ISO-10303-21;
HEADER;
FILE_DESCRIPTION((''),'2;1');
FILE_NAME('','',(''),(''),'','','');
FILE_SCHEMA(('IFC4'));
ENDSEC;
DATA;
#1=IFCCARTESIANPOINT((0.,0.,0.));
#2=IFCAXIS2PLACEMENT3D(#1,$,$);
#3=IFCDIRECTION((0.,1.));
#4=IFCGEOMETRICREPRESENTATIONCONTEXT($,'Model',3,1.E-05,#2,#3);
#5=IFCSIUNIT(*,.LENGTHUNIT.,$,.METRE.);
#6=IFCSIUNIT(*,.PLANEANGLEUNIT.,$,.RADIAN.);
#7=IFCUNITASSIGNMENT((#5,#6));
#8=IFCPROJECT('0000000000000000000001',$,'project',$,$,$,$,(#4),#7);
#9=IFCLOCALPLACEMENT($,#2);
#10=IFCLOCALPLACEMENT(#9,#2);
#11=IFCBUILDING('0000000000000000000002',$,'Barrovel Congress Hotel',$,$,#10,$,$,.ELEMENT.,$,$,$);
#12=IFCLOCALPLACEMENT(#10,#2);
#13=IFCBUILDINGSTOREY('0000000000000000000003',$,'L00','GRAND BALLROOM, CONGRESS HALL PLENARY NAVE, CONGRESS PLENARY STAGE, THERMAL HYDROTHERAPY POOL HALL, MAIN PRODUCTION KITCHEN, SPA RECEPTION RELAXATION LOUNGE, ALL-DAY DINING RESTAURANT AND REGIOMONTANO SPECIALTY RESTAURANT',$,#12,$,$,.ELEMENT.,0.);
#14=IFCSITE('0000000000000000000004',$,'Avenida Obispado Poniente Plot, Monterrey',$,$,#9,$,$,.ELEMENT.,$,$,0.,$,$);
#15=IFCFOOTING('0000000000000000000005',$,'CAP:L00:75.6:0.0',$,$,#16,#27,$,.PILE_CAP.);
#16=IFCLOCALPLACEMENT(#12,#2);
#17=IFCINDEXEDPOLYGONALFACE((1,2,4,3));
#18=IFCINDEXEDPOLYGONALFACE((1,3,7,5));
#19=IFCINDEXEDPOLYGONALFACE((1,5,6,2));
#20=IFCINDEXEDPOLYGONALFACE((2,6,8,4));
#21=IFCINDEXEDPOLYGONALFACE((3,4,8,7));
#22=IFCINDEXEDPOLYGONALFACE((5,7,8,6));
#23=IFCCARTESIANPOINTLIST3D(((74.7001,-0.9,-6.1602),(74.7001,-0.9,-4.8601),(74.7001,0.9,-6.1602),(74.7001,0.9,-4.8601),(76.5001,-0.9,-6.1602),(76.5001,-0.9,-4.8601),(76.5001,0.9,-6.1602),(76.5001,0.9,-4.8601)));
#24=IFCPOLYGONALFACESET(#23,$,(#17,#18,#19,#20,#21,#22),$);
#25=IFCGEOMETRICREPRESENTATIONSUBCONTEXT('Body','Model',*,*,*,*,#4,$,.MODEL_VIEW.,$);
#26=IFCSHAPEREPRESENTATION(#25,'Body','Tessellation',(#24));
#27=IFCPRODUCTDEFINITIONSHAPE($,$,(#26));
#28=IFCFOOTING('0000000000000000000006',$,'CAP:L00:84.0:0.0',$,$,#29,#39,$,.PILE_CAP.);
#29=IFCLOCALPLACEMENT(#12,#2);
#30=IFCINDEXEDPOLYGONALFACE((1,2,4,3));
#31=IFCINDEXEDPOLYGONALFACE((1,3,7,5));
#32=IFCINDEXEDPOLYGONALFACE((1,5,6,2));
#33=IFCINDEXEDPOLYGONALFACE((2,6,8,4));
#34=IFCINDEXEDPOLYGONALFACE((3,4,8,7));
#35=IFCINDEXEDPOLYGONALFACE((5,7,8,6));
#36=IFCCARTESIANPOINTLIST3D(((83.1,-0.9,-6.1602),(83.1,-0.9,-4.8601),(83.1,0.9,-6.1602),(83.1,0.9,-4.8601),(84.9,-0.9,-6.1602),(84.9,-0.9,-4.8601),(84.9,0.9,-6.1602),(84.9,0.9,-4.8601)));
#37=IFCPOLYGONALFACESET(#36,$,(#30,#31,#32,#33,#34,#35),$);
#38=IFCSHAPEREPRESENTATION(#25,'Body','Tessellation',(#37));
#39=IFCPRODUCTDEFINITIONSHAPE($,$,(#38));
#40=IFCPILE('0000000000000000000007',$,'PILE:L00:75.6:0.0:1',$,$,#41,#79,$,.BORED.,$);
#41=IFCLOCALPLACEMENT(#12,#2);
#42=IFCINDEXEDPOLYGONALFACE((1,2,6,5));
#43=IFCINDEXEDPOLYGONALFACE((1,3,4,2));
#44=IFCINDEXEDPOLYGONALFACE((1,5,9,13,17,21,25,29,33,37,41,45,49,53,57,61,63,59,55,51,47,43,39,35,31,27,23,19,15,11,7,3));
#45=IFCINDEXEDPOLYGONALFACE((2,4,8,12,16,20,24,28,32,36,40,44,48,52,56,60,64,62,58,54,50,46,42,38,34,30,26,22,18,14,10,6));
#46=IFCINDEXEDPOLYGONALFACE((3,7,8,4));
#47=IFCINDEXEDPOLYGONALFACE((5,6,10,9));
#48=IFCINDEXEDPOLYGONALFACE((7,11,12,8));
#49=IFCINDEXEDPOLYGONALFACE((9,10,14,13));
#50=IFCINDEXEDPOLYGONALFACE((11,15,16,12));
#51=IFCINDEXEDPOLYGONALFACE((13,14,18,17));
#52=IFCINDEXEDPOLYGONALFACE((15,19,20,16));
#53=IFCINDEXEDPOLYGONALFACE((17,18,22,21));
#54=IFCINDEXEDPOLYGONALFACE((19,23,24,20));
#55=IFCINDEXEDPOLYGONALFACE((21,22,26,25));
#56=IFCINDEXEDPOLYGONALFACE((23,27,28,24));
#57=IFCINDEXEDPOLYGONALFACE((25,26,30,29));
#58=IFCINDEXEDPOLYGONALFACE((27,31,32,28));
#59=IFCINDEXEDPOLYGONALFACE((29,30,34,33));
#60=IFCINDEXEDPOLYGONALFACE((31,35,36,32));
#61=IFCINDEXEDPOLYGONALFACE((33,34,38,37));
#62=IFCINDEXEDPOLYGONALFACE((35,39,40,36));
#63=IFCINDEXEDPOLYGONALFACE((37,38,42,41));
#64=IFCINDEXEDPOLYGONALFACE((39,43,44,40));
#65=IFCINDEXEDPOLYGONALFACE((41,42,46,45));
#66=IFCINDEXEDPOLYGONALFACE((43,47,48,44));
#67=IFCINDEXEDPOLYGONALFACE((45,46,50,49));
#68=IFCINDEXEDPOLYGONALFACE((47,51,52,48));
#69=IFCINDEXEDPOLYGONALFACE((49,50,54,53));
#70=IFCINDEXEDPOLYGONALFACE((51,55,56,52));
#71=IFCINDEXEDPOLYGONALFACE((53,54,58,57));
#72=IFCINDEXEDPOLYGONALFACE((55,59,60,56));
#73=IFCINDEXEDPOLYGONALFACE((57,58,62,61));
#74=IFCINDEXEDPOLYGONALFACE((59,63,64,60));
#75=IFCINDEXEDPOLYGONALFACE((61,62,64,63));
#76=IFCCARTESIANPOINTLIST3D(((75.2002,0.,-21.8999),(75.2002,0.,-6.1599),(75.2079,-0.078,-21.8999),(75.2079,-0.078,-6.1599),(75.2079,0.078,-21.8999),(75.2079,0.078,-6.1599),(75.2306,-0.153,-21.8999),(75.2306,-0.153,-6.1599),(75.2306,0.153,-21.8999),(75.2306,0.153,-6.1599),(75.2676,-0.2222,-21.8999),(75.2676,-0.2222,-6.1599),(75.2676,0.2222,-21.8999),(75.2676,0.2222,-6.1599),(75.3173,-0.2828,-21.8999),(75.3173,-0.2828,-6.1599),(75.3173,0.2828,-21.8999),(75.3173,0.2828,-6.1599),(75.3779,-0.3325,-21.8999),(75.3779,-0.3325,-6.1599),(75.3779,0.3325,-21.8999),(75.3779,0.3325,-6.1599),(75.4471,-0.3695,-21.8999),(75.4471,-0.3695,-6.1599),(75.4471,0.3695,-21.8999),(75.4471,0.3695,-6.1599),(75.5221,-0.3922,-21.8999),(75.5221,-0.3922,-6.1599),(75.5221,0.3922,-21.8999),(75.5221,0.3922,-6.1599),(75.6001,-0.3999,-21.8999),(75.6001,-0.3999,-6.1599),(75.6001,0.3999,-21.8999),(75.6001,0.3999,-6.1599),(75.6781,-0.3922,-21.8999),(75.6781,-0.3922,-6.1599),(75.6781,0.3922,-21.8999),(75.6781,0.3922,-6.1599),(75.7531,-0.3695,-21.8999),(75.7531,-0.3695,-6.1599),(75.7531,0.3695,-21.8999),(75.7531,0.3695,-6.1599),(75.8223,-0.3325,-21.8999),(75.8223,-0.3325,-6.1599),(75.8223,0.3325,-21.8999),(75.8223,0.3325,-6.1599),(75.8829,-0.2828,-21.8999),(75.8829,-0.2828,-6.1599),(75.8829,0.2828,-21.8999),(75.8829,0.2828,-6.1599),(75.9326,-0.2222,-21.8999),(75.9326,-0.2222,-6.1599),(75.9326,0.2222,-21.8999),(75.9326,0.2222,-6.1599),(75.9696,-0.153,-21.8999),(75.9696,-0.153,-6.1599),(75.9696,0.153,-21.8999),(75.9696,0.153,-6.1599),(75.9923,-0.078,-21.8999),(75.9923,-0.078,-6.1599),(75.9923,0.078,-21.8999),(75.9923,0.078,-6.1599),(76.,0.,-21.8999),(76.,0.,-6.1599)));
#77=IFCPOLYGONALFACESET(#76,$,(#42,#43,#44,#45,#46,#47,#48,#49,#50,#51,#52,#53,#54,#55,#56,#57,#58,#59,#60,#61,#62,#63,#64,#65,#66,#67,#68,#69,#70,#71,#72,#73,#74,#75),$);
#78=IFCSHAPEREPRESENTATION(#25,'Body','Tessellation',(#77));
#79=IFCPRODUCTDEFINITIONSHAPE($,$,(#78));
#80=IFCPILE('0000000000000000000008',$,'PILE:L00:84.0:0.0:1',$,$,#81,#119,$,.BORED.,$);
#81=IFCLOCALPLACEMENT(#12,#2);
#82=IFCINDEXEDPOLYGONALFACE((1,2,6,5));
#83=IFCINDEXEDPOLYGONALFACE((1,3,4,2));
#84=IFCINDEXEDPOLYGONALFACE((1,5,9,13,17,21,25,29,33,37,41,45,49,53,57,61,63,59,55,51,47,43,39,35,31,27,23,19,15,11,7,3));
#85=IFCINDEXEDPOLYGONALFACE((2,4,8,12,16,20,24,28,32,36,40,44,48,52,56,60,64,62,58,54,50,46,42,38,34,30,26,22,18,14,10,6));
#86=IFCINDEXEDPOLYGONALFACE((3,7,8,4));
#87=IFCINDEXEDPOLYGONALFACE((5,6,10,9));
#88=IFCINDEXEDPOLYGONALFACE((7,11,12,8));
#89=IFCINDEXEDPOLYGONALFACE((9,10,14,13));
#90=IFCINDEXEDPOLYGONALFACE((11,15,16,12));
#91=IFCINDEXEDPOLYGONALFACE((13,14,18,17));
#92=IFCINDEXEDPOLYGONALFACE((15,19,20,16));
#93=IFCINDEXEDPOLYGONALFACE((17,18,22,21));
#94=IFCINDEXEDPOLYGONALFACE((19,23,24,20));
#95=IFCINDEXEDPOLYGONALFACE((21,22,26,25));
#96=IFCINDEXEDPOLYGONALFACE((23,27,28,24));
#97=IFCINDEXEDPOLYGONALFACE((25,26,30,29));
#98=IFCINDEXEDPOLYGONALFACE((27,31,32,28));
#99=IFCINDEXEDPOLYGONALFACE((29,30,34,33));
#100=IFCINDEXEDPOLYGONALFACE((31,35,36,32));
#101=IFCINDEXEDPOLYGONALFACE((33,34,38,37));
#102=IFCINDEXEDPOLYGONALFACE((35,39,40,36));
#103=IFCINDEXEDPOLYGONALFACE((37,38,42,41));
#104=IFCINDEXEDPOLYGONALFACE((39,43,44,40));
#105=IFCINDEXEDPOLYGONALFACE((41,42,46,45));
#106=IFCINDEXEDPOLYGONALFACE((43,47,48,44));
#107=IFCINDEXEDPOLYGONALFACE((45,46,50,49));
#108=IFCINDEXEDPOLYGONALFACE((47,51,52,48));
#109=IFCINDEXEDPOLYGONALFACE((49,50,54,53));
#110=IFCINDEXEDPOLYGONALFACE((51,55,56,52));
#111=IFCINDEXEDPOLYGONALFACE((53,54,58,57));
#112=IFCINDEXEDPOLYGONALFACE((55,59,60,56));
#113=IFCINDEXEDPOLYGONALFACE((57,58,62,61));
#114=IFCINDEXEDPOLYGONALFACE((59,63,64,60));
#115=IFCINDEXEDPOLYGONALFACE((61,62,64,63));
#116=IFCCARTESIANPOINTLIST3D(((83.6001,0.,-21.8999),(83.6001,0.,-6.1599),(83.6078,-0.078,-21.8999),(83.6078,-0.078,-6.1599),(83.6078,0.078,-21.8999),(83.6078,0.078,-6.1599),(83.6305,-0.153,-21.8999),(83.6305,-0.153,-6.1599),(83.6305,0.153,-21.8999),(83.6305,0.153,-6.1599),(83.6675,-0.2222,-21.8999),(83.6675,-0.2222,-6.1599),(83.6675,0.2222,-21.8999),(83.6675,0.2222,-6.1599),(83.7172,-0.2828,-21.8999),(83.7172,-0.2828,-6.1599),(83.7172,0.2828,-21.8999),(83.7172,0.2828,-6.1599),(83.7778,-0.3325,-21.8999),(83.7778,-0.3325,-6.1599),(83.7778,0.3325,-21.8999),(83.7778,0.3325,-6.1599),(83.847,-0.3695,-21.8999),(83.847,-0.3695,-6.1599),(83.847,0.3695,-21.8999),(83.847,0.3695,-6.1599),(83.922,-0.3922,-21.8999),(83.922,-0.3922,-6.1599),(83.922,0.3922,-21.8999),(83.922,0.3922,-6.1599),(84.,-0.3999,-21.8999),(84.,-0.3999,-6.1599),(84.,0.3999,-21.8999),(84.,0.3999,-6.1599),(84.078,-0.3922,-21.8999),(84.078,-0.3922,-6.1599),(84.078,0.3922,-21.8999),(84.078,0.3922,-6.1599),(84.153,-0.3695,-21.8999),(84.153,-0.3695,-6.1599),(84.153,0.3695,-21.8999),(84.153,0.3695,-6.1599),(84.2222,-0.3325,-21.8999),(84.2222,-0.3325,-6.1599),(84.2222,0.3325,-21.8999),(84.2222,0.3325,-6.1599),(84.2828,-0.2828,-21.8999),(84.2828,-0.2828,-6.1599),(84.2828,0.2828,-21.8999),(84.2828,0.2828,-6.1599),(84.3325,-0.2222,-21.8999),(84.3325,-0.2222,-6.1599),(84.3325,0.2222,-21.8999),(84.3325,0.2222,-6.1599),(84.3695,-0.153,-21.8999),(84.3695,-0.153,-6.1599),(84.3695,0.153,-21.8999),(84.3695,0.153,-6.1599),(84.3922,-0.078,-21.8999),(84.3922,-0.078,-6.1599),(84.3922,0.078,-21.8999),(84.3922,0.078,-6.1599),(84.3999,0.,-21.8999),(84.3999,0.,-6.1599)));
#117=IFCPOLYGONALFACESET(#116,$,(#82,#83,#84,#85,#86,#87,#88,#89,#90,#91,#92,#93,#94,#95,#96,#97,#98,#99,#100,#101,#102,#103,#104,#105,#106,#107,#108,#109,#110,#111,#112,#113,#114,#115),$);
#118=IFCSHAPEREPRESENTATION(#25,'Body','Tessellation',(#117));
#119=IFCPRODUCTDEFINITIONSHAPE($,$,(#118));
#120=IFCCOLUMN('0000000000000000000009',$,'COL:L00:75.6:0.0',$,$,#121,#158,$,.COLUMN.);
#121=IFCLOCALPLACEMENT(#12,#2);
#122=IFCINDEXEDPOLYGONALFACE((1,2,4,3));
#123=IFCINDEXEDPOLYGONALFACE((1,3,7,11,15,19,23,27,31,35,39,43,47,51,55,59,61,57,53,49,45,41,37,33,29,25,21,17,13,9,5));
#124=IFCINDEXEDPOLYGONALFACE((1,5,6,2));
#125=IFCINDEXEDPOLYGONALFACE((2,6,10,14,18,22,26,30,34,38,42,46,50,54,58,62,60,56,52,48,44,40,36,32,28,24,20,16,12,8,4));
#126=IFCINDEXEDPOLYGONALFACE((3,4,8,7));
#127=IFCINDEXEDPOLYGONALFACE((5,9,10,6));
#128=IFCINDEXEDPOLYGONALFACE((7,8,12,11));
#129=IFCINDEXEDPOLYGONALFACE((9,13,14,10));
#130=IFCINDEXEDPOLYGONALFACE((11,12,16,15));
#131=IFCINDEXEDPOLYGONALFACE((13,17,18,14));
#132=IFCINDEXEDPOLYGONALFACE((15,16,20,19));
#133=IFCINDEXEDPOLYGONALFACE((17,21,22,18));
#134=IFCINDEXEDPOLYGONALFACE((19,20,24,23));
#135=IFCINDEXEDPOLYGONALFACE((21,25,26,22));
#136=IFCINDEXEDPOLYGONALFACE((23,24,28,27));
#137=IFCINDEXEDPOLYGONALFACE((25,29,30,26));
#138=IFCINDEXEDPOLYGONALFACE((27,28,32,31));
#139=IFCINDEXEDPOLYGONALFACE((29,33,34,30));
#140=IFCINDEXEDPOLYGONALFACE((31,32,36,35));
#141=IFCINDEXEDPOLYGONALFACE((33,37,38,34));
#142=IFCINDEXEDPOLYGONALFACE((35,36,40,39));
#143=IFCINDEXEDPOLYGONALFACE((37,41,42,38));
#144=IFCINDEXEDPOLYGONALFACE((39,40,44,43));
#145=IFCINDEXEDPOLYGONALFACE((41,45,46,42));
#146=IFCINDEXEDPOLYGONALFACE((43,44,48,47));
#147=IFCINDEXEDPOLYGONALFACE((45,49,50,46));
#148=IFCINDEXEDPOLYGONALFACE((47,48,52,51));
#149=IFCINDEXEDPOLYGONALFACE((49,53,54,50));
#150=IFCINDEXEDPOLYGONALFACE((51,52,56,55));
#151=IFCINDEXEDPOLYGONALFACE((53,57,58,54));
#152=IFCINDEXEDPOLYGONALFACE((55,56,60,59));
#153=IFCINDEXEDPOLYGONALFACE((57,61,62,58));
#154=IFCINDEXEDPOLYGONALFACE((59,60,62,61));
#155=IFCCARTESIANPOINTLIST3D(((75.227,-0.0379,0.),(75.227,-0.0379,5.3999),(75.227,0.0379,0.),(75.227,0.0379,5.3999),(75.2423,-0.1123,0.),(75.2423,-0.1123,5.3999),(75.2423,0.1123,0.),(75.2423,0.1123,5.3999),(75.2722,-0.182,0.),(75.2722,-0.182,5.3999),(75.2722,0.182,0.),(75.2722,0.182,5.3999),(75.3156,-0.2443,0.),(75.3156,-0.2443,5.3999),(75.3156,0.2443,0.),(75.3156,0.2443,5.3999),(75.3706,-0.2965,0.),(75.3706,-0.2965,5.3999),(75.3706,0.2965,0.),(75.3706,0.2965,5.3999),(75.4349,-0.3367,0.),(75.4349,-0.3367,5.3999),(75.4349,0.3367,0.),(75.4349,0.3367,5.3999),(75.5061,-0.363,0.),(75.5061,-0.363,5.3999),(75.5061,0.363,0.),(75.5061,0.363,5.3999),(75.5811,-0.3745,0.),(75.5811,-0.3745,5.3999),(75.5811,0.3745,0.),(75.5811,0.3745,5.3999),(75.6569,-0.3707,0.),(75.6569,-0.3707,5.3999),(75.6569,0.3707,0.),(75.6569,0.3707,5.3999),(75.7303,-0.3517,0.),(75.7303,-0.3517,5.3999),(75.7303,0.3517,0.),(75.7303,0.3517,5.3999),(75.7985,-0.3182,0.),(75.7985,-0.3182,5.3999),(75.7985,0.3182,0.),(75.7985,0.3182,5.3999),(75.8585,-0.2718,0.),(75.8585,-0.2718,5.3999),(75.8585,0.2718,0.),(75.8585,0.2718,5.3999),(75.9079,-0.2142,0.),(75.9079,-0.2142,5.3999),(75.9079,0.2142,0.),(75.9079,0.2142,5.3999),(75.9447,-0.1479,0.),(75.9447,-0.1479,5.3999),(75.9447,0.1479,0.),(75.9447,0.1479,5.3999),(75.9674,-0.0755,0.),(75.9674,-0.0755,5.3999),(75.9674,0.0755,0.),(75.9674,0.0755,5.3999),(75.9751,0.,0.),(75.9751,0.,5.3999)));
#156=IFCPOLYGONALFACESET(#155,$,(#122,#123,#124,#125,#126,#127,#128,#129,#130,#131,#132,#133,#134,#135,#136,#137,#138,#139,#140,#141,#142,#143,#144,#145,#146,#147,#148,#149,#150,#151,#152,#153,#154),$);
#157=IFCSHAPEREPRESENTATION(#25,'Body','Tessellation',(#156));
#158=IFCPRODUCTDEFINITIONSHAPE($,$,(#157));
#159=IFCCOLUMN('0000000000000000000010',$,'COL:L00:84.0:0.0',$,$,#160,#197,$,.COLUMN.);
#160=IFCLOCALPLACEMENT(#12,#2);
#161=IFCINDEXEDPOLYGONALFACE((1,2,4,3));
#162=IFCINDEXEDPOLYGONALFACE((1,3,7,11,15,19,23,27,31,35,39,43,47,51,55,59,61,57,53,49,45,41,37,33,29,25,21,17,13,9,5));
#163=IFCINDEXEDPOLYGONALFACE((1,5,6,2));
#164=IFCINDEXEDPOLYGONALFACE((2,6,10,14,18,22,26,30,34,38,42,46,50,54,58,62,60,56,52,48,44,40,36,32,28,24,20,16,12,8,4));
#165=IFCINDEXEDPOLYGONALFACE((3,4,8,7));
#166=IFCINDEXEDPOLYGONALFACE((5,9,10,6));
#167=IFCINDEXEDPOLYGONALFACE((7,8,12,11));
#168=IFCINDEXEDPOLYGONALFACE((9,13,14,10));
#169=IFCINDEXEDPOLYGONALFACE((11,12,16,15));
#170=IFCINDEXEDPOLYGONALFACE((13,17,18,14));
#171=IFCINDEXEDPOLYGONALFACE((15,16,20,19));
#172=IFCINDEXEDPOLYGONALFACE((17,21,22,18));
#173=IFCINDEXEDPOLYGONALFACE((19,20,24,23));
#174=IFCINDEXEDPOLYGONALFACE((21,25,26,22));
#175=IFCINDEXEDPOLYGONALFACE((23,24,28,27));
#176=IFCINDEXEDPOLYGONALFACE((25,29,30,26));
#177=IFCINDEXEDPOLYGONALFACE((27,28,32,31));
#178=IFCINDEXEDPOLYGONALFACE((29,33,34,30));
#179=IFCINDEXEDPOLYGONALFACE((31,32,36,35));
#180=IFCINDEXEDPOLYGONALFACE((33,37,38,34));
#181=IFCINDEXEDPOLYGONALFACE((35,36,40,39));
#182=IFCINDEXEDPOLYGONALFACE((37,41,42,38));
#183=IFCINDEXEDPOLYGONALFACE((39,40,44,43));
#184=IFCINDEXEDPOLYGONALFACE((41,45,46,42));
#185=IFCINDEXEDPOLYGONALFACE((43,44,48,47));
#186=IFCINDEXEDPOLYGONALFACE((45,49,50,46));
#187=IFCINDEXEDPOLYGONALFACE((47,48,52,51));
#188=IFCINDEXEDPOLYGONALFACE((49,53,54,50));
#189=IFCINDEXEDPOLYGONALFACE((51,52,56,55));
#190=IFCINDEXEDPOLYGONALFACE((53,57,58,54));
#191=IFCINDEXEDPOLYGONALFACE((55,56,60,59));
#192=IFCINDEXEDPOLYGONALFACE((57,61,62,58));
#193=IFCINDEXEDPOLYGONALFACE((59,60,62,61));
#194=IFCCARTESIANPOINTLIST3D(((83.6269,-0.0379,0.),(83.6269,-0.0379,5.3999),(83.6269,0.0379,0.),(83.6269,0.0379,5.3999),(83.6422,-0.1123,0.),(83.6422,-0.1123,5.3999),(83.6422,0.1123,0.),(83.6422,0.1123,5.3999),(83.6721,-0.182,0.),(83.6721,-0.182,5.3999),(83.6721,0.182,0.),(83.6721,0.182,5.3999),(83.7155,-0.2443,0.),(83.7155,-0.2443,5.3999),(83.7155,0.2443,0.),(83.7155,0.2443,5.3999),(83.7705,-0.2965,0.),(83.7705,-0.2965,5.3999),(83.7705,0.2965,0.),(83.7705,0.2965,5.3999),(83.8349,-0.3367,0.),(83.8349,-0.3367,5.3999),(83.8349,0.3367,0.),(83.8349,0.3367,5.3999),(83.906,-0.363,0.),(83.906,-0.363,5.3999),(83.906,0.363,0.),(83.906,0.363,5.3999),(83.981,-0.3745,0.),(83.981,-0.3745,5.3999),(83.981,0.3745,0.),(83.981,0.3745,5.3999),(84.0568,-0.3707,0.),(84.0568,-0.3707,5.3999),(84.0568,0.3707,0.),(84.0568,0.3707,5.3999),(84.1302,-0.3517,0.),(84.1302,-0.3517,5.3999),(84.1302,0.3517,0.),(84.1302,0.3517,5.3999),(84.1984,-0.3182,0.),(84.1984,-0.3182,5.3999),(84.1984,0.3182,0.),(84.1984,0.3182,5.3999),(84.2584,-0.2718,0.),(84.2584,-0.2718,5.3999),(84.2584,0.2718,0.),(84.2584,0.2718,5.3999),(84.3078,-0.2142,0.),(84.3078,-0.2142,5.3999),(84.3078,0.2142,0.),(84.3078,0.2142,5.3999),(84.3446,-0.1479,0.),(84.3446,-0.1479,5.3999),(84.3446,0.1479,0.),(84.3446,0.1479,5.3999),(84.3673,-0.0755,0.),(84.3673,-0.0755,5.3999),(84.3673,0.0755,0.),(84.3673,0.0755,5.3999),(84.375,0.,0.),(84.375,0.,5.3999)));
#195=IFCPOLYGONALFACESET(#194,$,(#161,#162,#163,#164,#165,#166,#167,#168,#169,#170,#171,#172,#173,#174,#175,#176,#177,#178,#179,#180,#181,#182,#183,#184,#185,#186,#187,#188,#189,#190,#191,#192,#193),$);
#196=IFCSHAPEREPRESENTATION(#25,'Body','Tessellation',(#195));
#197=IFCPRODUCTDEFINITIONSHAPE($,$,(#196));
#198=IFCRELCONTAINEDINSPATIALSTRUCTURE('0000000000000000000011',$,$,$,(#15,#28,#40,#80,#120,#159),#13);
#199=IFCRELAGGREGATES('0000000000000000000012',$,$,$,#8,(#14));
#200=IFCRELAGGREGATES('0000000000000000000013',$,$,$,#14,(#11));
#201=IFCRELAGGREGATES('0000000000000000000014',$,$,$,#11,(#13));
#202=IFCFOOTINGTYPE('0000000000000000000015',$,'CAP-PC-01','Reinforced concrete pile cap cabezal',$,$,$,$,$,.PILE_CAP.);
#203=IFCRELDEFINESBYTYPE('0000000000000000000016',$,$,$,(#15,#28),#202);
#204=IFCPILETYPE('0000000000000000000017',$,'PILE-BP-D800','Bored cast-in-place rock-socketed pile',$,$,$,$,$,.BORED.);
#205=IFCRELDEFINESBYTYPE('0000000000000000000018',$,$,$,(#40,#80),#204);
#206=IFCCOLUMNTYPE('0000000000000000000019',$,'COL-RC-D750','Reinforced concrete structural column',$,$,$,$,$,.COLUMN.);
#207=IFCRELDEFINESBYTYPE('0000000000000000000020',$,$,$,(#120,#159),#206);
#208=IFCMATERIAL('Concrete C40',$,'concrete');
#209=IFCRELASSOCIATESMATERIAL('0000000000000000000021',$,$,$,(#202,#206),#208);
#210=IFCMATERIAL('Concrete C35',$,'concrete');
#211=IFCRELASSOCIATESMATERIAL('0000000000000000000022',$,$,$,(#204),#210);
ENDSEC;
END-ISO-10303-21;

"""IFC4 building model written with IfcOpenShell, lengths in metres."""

from ifc_helpers import new_model, si_unit, direction, frame, origin, origin_2d, place, context, subcontext, project, spatial, rectangle, circle, extrude, material, material_profile, profile_set, type_object, element, save


model = new_model("IFC4")

# Units and contexts
model_context = context("Model", 3, precision=1e-05, world=origin(), true_north=direction((0.0, 1.0)))
body_context = subcontext(model_context, "Body", "Model", "MODEL_VIEW")
ifc_project = project(units=[si_unit("LENGTHUNIT", "METRE"), si_unit("PLANEANGLEUNIT", "RADIAN")], contexts=[model_context])

# Site, building, storey
site_placement = place(None, origin())
site = spatial("IfcSite", under=ifc_project, at=site_placement, Name="Avenida Obispado Poniente Plot, Monterrey", CompositionType="ELEMENT", RefElevation=0.0)
building_placement = place(site_placement, origin())
building = spatial("IfcBuilding", under=site, at=building_placement, Name="Barrovel Congress Hotel", CompositionType="ELEMENT")
storey_placement = place(building_placement, origin())
storey = spatial("IfcBuildingStorey", under=building, at=storey_placement, Name="L00", Description="GRAND BALLROOM, CONGRESS HALL PLENARY NAVE, CONGRESS PLENARY STAGE, THERMAL HYDROTHERAPY POOL HALL, MAIN PRODUCTION KITCHEN, SPA RECEPTION RELAXATION LOUNGE, ALL-DAY DINING RESTAURANT AND REGIOMONTANO SPECIALTY RESTAURANT", CompositionType="ELEMENT", Elevation=0.0)

# Footings
ifc_material_1 = material(Name="Concrete C40", Category="concrete")
footing_type = type_object("IfcFootingType", Name="CAP-PC-01", Description="Reinforced concrete pile cap cabezal", PredefinedType="PILE_CAP", material=ifc_material_1)
for number, where, z_axis, x_axis, name in (
    (1, (75.6001, 0.0, -6.1602), (0.0, 0.0, 1.0), (1.0, 0.0, 0.0), "CAP:L00:75.6:0.0"),
    (2, (84.0, 0.0, -6.1602), (0.0, 0.0, 1.0), (1.0, 0.0, 0.0), "CAP:L00:84.0:0.0"),
):
    element("IfcFooting", number, at=place(storey_placement, frame(where, z_axis=z_axis, x_axis=x_axis)), inside=storey, type_object=footing_type, Name=name, PredefinedType="PILE_CAP", context=body_context, shape_type="SweptSolid", body=[
        extrude(rectangle(XDim=1.8, YDim=1.8, at=origin_2d()), origin(), (0.0, 0.0, 1.0), 1.3),
    ])

# Piles
ifc_material_2 = material(Name="Concrete C35", Category="concrete")
ifc_material_profile_1 = material_profile(ifc_material_2, circle(Radius=0.3999, at=origin_2d()), Name="BP-D800")
ifc_profile_set_1 = profile_set([ifc_material_profile_1], Name="Concrete C35")
pile_type = type_object("IfcPileType", Name="PILE-BP-D800", Description="Bored cast-in-place rock-socketed pile", PredefinedType="BORED", material=ifc_profile_set_1)
for number, where, z_axis, x_axis, name in (
    (3, (75.6001, 0.0, -6.1599), (0.0, 0.0, -1.0), (1.0, 0.0, 0.0), "PILE:L00:75.6:0.0:1"),
    (4, (84.0, 0.0, -6.1599), (0.0, 0.0, -1.0), (1.0, 0.0, 0.0), "PILE:L00:84.0:0.0:1"),
):
    element("IfcPile", number, at=place(storey_placement, frame(where, z_axis=z_axis, x_axis=x_axis)), inside=storey, type_object=pile_type, Name=name, PredefinedType="BORED", context=body_context, shape_type="SweptSolid", body=[
        extrude(circle(Radius=0.3999, at=origin_2d()), origin(), (0.0, 0.0, 1.0), 15.74),
    ])

# Columns
ifc_material_profile_2 = material_profile(ifc_material_1, circle(Radius=0.375, at=origin_2d()), Name="RC-D750")
ifc_profile_set_2 = profile_set([ifc_material_profile_2], Name="Concrete C40")
column_type_1 = type_object("IfcColumnType", Name="COL-RC-D750", Description="Reinforced concrete structural column", PredefinedType="COLUMN", material=ifc_profile_set_2)
for number, where, z_axis, x_axis, name in (
    (5, (75.6001, 0.0, 0.0), (0.0, 0.0, 1.0), (1.0, 0.0, 0.0), "COL:L00:75.6:0.0"),
    (6, (84.0, 0.0, 0.0), (0.0, 0.0, 1.0), (1.0, 0.0, 0.0), "COL:L00:84.0:0.0"),
):
    element("IfcColumn", number, at=place(storey_placement, frame(where, z_axis=z_axis, x_axis=x_axis)), inside=storey, type_object=column_type_1, Name=name, PredefinedType="COLUMN", context=body_context, shape_type="SweptSolid", body=[
        extrude(circle(Radius=0.375, at=origin_2d()), origin(), (0.0, 0.0, 1.0), 5.3999),
    ])

save(model, "model.ifc")
